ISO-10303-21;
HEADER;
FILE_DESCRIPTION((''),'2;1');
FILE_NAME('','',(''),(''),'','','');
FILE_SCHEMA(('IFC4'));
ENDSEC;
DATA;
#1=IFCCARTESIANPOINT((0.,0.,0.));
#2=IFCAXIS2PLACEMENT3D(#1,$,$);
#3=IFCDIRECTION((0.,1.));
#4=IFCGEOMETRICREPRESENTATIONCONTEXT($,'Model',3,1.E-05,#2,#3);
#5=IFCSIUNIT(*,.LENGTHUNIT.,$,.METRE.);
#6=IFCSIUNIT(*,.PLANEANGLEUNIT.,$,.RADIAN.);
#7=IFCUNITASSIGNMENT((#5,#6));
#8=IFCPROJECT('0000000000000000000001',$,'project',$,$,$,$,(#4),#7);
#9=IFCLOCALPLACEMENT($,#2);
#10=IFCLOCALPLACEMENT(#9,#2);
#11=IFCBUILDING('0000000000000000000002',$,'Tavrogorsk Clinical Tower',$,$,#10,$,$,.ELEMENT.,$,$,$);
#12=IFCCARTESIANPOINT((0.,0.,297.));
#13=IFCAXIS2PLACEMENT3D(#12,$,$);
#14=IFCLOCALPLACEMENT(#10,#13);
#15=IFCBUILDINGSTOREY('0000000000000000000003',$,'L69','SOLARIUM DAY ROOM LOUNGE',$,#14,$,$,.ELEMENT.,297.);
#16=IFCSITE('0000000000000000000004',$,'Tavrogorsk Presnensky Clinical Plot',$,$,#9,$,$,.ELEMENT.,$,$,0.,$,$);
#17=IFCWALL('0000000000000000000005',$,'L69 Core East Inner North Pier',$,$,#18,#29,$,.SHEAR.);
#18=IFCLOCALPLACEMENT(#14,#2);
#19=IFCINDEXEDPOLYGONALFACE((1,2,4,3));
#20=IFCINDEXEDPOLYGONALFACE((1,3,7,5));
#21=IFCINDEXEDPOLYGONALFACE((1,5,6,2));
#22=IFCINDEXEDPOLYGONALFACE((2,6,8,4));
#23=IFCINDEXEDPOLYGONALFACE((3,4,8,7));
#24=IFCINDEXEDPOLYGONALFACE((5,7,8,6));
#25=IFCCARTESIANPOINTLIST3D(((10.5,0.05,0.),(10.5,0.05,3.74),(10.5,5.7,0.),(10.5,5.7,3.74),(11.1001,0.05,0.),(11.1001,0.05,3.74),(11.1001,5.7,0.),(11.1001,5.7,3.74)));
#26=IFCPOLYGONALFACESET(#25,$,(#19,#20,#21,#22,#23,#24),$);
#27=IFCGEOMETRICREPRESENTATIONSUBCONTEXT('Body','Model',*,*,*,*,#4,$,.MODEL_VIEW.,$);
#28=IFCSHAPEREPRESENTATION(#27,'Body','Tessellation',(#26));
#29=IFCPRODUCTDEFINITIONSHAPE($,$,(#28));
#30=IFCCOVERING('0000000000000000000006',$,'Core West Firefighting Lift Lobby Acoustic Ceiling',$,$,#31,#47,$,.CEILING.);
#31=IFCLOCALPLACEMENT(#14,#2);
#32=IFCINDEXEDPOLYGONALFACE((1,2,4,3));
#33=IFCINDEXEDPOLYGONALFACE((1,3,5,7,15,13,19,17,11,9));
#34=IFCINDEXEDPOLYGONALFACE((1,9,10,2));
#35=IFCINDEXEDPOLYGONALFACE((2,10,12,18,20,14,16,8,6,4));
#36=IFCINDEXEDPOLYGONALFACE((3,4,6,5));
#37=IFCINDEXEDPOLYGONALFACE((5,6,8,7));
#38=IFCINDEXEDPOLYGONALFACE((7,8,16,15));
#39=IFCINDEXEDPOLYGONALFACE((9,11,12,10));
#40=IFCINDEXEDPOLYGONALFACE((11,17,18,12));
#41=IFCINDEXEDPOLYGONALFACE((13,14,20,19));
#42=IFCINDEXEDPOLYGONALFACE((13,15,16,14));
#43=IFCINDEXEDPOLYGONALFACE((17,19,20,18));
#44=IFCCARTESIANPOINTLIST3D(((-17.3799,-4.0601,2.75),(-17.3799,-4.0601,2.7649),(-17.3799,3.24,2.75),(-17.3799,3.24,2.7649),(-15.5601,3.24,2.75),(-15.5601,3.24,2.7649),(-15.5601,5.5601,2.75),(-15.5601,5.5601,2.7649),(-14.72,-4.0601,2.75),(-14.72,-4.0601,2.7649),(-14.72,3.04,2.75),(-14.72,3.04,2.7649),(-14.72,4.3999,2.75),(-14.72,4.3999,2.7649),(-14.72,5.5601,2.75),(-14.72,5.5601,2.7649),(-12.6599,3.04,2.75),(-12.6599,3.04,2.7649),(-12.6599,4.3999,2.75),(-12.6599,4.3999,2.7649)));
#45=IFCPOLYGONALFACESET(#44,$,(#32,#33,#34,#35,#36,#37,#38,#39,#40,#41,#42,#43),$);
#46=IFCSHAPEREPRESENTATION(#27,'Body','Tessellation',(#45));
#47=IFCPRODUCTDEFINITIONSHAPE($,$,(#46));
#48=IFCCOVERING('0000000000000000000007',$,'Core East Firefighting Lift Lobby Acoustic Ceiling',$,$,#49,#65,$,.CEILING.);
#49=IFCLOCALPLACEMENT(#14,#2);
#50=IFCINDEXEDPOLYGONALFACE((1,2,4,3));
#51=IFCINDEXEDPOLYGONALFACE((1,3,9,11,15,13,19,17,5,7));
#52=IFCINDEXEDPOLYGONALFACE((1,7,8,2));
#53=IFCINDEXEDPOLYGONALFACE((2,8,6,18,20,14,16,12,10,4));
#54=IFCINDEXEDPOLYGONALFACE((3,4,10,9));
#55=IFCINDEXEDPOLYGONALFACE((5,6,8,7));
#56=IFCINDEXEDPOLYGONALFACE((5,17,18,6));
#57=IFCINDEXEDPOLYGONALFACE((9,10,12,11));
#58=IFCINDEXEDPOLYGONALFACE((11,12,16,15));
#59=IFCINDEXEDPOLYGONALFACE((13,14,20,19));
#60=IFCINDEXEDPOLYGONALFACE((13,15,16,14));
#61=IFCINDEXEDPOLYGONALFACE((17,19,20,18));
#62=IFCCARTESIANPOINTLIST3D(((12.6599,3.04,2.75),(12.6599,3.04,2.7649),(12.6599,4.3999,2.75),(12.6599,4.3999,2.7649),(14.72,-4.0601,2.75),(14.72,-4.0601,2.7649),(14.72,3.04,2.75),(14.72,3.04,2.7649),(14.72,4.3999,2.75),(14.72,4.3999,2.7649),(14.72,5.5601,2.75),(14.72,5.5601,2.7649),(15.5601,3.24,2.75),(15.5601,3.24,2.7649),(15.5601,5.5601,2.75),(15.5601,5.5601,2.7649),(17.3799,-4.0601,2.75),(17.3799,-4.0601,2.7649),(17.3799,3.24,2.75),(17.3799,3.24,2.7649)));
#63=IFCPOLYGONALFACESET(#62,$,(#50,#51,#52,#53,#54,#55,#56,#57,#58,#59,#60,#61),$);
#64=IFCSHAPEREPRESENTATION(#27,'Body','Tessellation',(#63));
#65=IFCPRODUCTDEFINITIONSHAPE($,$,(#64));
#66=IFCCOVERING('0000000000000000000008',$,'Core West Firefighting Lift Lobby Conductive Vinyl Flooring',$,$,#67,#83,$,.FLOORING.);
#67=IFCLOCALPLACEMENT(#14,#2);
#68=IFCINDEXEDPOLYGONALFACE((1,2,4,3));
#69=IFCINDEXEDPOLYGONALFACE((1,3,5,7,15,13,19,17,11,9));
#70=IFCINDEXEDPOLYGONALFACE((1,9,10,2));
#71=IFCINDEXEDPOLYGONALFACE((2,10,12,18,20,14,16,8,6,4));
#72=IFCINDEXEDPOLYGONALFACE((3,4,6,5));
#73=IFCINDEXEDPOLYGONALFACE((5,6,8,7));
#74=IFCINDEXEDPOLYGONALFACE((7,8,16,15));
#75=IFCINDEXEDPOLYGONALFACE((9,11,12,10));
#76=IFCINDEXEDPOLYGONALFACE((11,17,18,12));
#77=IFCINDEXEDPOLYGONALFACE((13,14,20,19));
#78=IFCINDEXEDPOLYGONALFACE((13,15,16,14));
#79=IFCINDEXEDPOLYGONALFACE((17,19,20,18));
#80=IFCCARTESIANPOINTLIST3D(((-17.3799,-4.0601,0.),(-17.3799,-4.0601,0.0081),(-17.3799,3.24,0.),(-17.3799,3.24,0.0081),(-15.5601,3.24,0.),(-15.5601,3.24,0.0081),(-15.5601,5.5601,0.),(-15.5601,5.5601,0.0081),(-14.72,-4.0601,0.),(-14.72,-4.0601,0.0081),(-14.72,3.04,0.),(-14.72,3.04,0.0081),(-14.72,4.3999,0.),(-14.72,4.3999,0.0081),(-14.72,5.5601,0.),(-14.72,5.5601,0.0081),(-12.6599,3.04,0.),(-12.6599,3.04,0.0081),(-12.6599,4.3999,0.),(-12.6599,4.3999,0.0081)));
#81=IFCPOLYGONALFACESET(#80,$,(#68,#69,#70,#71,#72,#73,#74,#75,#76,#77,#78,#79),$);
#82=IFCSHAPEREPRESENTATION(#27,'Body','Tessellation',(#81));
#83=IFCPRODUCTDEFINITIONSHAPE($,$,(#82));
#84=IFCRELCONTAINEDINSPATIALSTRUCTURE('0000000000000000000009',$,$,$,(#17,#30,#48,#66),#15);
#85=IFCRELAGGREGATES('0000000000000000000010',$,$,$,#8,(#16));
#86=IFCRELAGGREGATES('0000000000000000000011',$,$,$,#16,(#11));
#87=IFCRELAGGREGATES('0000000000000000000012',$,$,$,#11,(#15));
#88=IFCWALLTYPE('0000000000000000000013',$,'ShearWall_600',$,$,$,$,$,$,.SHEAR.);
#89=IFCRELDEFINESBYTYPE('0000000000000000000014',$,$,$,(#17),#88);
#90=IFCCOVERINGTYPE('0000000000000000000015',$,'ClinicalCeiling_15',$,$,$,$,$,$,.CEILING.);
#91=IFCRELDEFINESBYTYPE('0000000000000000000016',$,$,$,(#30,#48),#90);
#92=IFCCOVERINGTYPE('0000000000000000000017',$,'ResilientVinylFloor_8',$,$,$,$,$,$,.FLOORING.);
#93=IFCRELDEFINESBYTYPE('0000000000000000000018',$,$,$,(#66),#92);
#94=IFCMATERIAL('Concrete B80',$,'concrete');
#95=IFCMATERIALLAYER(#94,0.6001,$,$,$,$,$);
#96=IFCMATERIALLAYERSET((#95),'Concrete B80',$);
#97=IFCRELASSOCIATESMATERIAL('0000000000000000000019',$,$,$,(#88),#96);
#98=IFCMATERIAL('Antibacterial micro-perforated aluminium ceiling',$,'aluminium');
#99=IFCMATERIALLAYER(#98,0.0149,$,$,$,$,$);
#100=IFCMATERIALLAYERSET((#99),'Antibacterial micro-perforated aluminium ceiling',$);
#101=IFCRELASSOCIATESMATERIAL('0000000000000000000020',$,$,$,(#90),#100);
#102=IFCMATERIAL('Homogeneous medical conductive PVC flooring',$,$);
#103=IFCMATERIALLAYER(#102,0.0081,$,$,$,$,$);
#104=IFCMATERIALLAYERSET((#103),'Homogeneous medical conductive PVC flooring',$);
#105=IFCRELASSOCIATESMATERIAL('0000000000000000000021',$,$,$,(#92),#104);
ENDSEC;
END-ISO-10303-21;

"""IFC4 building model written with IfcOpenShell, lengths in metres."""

from ifc_helpers import new_model, si_unit, direction, frame, frame_2d, origin, place, context, subcontext, project, spatial, polyline, rectangle, outline, extrude, material, layer, layer_set, type_object, element, save


model = new_model("IFC4")

# Units and contexts
model_context = context("Model", 3, precision=1e-05, world=origin(), true_north=direction((0.0, 1.0)))
body_context = subcontext(model_context, "Body", "Model", "MODEL_VIEW")
ifc_project = project(units=[si_unit("LENGTHUNIT", "METRE"), si_unit("PLANEANGLEUNIT", "RADIAN")], contexts=[model_context])

# Site, building, storey
site_placement = place(None, origin())
site = spatial("IfcSite", under=ifc_project, at=site_placement, Name="Tavrogorsk Presnensky Clinical Plot", CompositionType="ELEMENT", RefElevation=0.0)
building_placement = place(site_placement, origin())
building = spatial("IfcBuilding", under=site, at=building_placement, Name="Tavrogorsk Clinical Tower", CompositionType="ELEMENT")
storey_placement = place(building_placement, frame((0.0, 0.0, 297.0)))
storey = spatial("IfcBuildingStorey", under=building, at=storey_placement, Name="L69", Description="SOLARIUM DAY ROOM LOUNGE", CompositionType="ELEMENT", Elevation=297.0)

# Wall
ifc_material_1 = material(Name="Concrete B80", Category="concrete")
ifc_layer_1 = layer(ifc_material_1, 0.6001)
ifc_layer_set_1 = layer_set([ifc_layer_1], Name="Concrete B80")
wall_type_1 = type_object("IfcWallType", Name="ShearWall_600", PredefinedType="SHEAR", material=ifc_layer_set_1)
wall_1_placement = place(storey_placement, frame((10.8, 0.05, 0.0), z_axis=(0.0, 0.0, 1.0), x_axis=(0.0, 1.0, 0.0)))
element("IfcWall", 1, at=wall_1_placement, inside=storey, type_object=wall_type_1, Name="L69 Core East Inner North Pier", PredefinedType="SHEAR", context=body_context, shape_type="SweptSolid", body=[
    extrude(rectangle(XDim=5.6499, YDim=0.6001, at=frame_2d((2.825, 0.0))), origin(), (0.0, 0.0, 1.0), 3.74),
])

# Coverings
ifc_material_2 = material(Name="Antibacterial micro-perforated aluminium ceiling", Category="aluminium")
ifc_layer_2 = layer(ifc_material_2, 0.0149)
ifc_layer_set_2 = layer_set([ifc_layer_2], Name="Antibacterial micro-perforated aluminium ceiling")
covering_type_1 = type_object("IfcCoveringType", Name="ClinicalCeiling_15", PredefinedType="CEILING", material=ifc_layer_set_2)
covering_1_placement = place(storey_placement, frame((0.0, 0.0, 2.75)))
element("IfcCovering", 2, at=covering_1_placement, inside=storey, type_object=covering_type_1, Name="Core West Firefighting Lift Lobby Acoustic Ceiling", PredefinedType="CEILING", context=body_context, shape_type="SweptSolid", body=[
    extrude(outline(polyline([(-17.3799, -4.0601), (-17.3799, 3.24), (-15.5601, 3.24), (-15.5601, 5.5601), (-14.72, 5.5601), (-14.72, 4.3999), (-12.6599, 4.3999), (-12.6599, 3.04), (-14.72, 3.04), (-14.72, -4.0601), (-17.3799, -4.0601)])), origin(), (0.0, 0.0, 1.0), 0.0149),
])
covering_2_placement = place(storey_placement, frame((0.0, 0.0, 2.75)))
element("IfcCovering", 3, at=covering_2_placement, inside=storey, type_object=covering_type_1, Name="Core East Firefighting Lift Lobby Acoustic Ceiling", PredefinedType="CEILING", context=body_context, shape_type="SweptSolid", body=[
    extrude(outline(polyline([(14.72, 3.04), (12.6599, 3.04), (12.6599, 4.3999), (14.72, 4.3999), (14.72, 5.5601), (15.5601, 5.5601), (15.5601, 3.24), (17.3799, 3.24), (17.3799, -4.0601), (14.72, -4.0601), (14.72, 3.04)])), origin(), (0.0, 0.0, 1.0), 0.0149),
])
ifc_material_3 = material(Name="Homogeneous medical conductive PVC flooring")
ifc_layer_3 = layer(ifc_material_3, 0.0081)
ifc_layer_set_3 = layer_set([ifc_layer_3], Name="Homogeneous medical conductive PVC flooring")
covering_type_2 = type_object("IfcCoveringType", Name="ResilientVinylFloor_8", PredefinedType="FLOORING", material=ifc_layer_set_3)
covering_3_placement = place(storey_placement, origin())
element("IfcCovering", 4, at=covering_3_placement, inside=storey, type_object=covering_type_2, Name="Core West Firefighting Lift Lobby Conductive Vinyl Flooring", PredefinedType="FLOORING", context=body_context, shape_type="SweptSolid", body=[
    extrude(outline(polyline([(-17.3799, -4.0601), (-17.3799, 3.24), (-15.5601, 3.24), (-15.5601, 5.5601), (-14.72, 5.5601), (-14.72, 4.3999), (-12.6599, 4.3999), (-12.6599, 3.04), (-14.72, 3.04), (-14.72, -4.0601), (-17.3799, -4.0601)])), origin(), (0.0, 0.0, 1.0), 0.0081),
])

save(model, "model.ifc")
